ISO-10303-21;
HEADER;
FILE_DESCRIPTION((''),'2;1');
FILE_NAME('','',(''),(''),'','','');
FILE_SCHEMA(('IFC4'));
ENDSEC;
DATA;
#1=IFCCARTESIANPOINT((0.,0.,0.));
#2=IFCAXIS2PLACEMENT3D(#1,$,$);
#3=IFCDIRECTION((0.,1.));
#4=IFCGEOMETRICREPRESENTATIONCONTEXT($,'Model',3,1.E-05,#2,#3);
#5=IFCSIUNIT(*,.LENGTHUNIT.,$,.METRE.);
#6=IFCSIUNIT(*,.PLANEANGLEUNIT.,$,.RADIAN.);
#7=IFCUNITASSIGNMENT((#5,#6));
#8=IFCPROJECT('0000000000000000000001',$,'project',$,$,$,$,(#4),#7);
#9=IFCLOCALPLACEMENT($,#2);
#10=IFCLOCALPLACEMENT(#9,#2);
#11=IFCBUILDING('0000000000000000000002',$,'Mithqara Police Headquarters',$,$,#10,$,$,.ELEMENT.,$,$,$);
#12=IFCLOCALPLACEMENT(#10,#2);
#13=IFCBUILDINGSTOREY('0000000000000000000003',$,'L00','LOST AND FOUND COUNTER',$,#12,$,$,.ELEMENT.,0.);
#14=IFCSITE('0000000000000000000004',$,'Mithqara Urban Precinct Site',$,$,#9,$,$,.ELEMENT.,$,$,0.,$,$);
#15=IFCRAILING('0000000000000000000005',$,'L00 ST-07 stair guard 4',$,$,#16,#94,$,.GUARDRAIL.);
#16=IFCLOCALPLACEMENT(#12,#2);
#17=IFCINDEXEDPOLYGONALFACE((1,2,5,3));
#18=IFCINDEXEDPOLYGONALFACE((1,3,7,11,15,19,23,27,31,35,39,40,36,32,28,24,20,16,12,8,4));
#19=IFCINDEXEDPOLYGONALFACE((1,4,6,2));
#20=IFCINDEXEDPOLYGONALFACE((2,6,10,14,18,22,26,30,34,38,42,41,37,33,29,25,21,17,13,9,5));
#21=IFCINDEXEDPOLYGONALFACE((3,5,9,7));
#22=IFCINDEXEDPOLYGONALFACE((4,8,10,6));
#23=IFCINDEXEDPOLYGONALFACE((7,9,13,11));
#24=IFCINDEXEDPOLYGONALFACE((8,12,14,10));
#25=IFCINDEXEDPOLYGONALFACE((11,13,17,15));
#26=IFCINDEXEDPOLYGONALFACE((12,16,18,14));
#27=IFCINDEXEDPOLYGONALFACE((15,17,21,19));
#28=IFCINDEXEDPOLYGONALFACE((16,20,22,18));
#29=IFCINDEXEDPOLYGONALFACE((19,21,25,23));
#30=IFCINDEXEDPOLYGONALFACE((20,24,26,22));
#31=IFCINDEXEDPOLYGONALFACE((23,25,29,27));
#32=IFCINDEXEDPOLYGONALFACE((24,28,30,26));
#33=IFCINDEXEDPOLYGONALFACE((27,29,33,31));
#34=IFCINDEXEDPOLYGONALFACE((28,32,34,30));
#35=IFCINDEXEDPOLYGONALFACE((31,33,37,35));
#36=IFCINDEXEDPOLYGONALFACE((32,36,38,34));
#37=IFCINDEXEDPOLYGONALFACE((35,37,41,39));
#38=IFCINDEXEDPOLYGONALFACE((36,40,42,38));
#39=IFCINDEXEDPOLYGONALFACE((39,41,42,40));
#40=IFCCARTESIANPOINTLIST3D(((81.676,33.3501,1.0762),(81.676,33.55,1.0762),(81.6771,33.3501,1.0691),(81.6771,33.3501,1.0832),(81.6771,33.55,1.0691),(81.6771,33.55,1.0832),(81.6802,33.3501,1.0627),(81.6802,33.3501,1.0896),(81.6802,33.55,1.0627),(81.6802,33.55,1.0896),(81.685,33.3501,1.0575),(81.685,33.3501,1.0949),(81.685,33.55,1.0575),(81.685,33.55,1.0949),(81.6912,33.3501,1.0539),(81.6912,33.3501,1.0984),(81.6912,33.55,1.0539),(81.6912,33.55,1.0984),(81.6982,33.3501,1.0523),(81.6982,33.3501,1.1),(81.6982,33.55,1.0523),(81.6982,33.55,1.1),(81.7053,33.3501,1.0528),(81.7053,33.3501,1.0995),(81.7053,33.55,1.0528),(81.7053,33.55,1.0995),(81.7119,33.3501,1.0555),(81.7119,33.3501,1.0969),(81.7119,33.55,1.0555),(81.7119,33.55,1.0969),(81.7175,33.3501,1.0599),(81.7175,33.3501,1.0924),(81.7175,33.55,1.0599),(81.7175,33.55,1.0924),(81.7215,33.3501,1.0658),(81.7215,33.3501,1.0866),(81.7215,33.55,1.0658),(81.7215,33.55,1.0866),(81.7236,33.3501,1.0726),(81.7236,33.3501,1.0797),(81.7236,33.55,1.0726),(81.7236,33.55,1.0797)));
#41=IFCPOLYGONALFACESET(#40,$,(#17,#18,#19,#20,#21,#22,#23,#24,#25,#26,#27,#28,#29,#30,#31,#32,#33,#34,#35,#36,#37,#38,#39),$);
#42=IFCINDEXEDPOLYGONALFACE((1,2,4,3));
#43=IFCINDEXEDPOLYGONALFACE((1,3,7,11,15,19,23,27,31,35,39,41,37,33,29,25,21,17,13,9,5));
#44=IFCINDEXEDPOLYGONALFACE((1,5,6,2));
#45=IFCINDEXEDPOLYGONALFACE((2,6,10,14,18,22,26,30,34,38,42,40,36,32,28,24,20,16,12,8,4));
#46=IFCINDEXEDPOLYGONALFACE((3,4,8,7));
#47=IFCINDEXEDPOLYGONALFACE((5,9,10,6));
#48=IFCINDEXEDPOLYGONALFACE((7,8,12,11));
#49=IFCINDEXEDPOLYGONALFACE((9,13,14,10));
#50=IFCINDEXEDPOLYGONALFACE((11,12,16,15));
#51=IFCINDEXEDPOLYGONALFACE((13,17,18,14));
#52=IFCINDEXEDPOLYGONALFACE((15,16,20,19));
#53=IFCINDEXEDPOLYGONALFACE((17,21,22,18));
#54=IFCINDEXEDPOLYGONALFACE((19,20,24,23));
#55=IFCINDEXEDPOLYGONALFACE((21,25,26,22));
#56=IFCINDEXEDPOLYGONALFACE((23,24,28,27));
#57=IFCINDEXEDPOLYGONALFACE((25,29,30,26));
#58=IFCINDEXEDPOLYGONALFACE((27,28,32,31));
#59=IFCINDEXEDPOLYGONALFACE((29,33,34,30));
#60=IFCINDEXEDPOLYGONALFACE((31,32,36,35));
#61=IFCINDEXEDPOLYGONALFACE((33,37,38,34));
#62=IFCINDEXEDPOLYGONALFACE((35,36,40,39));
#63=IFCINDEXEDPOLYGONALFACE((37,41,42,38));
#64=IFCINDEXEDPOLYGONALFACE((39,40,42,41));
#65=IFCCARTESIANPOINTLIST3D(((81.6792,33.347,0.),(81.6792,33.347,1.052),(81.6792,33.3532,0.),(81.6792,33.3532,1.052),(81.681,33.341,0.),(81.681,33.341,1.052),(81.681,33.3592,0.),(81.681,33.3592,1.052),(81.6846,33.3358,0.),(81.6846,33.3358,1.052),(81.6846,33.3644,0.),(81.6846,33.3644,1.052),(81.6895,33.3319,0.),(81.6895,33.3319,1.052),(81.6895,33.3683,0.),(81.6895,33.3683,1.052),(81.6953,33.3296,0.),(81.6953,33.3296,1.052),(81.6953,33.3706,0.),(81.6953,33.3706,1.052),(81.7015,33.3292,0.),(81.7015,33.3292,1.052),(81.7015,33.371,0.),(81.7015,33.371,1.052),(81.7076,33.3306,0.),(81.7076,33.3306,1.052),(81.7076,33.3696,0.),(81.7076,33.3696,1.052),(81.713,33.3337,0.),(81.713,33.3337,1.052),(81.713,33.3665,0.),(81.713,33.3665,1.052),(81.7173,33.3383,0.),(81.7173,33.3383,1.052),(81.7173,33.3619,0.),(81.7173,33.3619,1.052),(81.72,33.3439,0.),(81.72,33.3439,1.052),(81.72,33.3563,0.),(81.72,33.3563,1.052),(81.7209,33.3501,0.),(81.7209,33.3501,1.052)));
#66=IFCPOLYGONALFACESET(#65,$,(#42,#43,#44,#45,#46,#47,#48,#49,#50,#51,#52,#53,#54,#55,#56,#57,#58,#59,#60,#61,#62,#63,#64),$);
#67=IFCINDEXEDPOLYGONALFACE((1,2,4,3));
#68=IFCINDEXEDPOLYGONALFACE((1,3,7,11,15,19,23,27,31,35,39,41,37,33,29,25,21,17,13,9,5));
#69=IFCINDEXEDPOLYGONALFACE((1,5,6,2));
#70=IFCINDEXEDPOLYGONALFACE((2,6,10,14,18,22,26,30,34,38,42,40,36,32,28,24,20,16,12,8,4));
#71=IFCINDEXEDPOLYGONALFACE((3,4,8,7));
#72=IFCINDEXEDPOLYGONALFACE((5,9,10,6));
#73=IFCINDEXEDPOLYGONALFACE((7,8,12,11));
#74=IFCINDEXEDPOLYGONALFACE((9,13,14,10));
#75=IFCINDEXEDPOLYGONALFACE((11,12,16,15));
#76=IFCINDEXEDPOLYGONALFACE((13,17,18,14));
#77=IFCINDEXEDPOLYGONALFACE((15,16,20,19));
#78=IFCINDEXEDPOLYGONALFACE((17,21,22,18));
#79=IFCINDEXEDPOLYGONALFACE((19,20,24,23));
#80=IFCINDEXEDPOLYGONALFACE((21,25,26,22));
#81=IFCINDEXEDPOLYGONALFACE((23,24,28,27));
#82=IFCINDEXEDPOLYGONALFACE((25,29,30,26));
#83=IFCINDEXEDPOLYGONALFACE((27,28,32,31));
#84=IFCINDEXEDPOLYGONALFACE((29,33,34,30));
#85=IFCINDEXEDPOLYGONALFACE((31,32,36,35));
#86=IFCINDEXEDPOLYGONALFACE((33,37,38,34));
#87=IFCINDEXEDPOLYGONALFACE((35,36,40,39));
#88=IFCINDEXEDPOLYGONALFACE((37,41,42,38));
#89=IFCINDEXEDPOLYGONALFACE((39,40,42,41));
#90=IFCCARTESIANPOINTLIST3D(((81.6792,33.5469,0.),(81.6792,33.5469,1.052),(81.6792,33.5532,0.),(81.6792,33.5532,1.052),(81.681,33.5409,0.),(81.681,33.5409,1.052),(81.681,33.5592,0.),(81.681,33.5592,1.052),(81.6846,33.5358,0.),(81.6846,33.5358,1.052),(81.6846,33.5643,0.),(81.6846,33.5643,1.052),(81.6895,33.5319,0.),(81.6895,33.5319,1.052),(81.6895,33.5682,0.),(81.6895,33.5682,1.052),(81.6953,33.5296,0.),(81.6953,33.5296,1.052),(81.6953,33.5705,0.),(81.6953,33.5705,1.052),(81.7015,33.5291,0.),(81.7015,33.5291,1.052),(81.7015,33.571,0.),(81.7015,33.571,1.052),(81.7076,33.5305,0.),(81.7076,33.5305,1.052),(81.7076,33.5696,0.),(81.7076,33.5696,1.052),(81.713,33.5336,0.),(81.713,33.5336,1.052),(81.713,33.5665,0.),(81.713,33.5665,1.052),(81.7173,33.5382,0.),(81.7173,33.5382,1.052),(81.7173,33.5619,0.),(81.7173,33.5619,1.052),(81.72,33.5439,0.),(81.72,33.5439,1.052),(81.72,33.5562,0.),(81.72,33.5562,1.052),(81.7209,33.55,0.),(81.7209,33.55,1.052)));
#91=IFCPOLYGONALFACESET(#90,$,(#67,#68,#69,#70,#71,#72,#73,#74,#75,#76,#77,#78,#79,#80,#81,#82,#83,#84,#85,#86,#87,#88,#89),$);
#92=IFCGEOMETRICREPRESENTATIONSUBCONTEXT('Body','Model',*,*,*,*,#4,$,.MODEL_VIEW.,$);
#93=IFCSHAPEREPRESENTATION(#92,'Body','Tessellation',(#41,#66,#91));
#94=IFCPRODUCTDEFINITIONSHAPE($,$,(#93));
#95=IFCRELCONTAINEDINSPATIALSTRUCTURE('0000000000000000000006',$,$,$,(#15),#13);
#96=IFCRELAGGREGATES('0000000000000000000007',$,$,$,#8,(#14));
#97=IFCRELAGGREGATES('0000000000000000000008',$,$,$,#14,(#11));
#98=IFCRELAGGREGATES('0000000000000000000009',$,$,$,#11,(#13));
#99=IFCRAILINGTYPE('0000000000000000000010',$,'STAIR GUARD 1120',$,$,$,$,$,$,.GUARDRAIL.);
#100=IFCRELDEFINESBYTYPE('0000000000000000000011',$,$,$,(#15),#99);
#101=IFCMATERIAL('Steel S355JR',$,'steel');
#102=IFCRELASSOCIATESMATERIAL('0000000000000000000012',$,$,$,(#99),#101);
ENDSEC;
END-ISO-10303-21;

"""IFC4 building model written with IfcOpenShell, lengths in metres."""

from ifc_helpers import new_model, si_unit, direction, frame, origin, origin_2d, place, context, subcontext, project, spatial, circle, extrude, material, type_object, element, save


model = new_model("IFC4")

# Units and contexts
model_context = context("Model", 3, precision=1e-05, world=origin(), true_north=direction((0.0, 1.0)))
body_context = subcontext(model_context, "Body", "Model", "MODEL_VIEW")
ifc_project = project(units=[si_unit("LENGTHUNIT", "METRE"), si_unit("PLANEANGLEUNIT", "RADIAN")], contexts=[model_context])

# Site, building, storey
site_placement = place(None, origin())
site = spatial("IfcSite", under=ifc_project, at=site_placement, Name="Mithqara Urban Precinct Site", CompositionType="ELEMENT", RefElevation=0.0)
building_placement = place(site_placement, origin())
building = spatial("IfcBuilding", under=site, at=building_placement, Name="Mithqara Police Headquarters", CompositionType="ELEMENT")
storey_placement = place(building_placement, origin())
storey = spatial("IfcBuildingStorey", under=building, at=storey_placement, Name="L00", Description="LOST AND FOUND COUNTER", CompositionType="ELEMENT", Elevation=0.0)

# Shared definitions
ifc_material_1 = material(Name="Steel S355JR", Category="steel")

# Railing
railing_type_1 = type_object("IfcRailingType", Name="STAIR GUARD 1120", PredefinedType="GUARDRAIL", material=ifc_material_1)
railing_1_placement = place(storey_placement, frame((81.7, 33.3501, 0.0)))
element("IfcRailing", 1, at=railing_1_placement, inside=storey, type_object=railing_type_1, Name="L00 ST-07 stair guard 4", PredefinedType="GUARDRAIL", context=body_context, shape_type="SweptSolid", body=[
    extrude(circle(Radius=0.0239, at=origin_2d()), frame((0.0, 0.0, 1.0762), z_axis=(0.0, 1.0, 0.0), x_axis=(-1.0, 0.0, 0.0)), (0.0, 0.0, 1.0), 0.2),
    extrude(circle(Radius=0.021, at=origin_2d()), origin(), (0.0, 0.0, 1.0), 1.052),
    extrude(circle(Radius=0.021, at=origin_2d()), frame((0.0, 0.2, 0.0)), (0.0, 0.0, 1.0), 1.052),
])

save(model, "model.ifc")
